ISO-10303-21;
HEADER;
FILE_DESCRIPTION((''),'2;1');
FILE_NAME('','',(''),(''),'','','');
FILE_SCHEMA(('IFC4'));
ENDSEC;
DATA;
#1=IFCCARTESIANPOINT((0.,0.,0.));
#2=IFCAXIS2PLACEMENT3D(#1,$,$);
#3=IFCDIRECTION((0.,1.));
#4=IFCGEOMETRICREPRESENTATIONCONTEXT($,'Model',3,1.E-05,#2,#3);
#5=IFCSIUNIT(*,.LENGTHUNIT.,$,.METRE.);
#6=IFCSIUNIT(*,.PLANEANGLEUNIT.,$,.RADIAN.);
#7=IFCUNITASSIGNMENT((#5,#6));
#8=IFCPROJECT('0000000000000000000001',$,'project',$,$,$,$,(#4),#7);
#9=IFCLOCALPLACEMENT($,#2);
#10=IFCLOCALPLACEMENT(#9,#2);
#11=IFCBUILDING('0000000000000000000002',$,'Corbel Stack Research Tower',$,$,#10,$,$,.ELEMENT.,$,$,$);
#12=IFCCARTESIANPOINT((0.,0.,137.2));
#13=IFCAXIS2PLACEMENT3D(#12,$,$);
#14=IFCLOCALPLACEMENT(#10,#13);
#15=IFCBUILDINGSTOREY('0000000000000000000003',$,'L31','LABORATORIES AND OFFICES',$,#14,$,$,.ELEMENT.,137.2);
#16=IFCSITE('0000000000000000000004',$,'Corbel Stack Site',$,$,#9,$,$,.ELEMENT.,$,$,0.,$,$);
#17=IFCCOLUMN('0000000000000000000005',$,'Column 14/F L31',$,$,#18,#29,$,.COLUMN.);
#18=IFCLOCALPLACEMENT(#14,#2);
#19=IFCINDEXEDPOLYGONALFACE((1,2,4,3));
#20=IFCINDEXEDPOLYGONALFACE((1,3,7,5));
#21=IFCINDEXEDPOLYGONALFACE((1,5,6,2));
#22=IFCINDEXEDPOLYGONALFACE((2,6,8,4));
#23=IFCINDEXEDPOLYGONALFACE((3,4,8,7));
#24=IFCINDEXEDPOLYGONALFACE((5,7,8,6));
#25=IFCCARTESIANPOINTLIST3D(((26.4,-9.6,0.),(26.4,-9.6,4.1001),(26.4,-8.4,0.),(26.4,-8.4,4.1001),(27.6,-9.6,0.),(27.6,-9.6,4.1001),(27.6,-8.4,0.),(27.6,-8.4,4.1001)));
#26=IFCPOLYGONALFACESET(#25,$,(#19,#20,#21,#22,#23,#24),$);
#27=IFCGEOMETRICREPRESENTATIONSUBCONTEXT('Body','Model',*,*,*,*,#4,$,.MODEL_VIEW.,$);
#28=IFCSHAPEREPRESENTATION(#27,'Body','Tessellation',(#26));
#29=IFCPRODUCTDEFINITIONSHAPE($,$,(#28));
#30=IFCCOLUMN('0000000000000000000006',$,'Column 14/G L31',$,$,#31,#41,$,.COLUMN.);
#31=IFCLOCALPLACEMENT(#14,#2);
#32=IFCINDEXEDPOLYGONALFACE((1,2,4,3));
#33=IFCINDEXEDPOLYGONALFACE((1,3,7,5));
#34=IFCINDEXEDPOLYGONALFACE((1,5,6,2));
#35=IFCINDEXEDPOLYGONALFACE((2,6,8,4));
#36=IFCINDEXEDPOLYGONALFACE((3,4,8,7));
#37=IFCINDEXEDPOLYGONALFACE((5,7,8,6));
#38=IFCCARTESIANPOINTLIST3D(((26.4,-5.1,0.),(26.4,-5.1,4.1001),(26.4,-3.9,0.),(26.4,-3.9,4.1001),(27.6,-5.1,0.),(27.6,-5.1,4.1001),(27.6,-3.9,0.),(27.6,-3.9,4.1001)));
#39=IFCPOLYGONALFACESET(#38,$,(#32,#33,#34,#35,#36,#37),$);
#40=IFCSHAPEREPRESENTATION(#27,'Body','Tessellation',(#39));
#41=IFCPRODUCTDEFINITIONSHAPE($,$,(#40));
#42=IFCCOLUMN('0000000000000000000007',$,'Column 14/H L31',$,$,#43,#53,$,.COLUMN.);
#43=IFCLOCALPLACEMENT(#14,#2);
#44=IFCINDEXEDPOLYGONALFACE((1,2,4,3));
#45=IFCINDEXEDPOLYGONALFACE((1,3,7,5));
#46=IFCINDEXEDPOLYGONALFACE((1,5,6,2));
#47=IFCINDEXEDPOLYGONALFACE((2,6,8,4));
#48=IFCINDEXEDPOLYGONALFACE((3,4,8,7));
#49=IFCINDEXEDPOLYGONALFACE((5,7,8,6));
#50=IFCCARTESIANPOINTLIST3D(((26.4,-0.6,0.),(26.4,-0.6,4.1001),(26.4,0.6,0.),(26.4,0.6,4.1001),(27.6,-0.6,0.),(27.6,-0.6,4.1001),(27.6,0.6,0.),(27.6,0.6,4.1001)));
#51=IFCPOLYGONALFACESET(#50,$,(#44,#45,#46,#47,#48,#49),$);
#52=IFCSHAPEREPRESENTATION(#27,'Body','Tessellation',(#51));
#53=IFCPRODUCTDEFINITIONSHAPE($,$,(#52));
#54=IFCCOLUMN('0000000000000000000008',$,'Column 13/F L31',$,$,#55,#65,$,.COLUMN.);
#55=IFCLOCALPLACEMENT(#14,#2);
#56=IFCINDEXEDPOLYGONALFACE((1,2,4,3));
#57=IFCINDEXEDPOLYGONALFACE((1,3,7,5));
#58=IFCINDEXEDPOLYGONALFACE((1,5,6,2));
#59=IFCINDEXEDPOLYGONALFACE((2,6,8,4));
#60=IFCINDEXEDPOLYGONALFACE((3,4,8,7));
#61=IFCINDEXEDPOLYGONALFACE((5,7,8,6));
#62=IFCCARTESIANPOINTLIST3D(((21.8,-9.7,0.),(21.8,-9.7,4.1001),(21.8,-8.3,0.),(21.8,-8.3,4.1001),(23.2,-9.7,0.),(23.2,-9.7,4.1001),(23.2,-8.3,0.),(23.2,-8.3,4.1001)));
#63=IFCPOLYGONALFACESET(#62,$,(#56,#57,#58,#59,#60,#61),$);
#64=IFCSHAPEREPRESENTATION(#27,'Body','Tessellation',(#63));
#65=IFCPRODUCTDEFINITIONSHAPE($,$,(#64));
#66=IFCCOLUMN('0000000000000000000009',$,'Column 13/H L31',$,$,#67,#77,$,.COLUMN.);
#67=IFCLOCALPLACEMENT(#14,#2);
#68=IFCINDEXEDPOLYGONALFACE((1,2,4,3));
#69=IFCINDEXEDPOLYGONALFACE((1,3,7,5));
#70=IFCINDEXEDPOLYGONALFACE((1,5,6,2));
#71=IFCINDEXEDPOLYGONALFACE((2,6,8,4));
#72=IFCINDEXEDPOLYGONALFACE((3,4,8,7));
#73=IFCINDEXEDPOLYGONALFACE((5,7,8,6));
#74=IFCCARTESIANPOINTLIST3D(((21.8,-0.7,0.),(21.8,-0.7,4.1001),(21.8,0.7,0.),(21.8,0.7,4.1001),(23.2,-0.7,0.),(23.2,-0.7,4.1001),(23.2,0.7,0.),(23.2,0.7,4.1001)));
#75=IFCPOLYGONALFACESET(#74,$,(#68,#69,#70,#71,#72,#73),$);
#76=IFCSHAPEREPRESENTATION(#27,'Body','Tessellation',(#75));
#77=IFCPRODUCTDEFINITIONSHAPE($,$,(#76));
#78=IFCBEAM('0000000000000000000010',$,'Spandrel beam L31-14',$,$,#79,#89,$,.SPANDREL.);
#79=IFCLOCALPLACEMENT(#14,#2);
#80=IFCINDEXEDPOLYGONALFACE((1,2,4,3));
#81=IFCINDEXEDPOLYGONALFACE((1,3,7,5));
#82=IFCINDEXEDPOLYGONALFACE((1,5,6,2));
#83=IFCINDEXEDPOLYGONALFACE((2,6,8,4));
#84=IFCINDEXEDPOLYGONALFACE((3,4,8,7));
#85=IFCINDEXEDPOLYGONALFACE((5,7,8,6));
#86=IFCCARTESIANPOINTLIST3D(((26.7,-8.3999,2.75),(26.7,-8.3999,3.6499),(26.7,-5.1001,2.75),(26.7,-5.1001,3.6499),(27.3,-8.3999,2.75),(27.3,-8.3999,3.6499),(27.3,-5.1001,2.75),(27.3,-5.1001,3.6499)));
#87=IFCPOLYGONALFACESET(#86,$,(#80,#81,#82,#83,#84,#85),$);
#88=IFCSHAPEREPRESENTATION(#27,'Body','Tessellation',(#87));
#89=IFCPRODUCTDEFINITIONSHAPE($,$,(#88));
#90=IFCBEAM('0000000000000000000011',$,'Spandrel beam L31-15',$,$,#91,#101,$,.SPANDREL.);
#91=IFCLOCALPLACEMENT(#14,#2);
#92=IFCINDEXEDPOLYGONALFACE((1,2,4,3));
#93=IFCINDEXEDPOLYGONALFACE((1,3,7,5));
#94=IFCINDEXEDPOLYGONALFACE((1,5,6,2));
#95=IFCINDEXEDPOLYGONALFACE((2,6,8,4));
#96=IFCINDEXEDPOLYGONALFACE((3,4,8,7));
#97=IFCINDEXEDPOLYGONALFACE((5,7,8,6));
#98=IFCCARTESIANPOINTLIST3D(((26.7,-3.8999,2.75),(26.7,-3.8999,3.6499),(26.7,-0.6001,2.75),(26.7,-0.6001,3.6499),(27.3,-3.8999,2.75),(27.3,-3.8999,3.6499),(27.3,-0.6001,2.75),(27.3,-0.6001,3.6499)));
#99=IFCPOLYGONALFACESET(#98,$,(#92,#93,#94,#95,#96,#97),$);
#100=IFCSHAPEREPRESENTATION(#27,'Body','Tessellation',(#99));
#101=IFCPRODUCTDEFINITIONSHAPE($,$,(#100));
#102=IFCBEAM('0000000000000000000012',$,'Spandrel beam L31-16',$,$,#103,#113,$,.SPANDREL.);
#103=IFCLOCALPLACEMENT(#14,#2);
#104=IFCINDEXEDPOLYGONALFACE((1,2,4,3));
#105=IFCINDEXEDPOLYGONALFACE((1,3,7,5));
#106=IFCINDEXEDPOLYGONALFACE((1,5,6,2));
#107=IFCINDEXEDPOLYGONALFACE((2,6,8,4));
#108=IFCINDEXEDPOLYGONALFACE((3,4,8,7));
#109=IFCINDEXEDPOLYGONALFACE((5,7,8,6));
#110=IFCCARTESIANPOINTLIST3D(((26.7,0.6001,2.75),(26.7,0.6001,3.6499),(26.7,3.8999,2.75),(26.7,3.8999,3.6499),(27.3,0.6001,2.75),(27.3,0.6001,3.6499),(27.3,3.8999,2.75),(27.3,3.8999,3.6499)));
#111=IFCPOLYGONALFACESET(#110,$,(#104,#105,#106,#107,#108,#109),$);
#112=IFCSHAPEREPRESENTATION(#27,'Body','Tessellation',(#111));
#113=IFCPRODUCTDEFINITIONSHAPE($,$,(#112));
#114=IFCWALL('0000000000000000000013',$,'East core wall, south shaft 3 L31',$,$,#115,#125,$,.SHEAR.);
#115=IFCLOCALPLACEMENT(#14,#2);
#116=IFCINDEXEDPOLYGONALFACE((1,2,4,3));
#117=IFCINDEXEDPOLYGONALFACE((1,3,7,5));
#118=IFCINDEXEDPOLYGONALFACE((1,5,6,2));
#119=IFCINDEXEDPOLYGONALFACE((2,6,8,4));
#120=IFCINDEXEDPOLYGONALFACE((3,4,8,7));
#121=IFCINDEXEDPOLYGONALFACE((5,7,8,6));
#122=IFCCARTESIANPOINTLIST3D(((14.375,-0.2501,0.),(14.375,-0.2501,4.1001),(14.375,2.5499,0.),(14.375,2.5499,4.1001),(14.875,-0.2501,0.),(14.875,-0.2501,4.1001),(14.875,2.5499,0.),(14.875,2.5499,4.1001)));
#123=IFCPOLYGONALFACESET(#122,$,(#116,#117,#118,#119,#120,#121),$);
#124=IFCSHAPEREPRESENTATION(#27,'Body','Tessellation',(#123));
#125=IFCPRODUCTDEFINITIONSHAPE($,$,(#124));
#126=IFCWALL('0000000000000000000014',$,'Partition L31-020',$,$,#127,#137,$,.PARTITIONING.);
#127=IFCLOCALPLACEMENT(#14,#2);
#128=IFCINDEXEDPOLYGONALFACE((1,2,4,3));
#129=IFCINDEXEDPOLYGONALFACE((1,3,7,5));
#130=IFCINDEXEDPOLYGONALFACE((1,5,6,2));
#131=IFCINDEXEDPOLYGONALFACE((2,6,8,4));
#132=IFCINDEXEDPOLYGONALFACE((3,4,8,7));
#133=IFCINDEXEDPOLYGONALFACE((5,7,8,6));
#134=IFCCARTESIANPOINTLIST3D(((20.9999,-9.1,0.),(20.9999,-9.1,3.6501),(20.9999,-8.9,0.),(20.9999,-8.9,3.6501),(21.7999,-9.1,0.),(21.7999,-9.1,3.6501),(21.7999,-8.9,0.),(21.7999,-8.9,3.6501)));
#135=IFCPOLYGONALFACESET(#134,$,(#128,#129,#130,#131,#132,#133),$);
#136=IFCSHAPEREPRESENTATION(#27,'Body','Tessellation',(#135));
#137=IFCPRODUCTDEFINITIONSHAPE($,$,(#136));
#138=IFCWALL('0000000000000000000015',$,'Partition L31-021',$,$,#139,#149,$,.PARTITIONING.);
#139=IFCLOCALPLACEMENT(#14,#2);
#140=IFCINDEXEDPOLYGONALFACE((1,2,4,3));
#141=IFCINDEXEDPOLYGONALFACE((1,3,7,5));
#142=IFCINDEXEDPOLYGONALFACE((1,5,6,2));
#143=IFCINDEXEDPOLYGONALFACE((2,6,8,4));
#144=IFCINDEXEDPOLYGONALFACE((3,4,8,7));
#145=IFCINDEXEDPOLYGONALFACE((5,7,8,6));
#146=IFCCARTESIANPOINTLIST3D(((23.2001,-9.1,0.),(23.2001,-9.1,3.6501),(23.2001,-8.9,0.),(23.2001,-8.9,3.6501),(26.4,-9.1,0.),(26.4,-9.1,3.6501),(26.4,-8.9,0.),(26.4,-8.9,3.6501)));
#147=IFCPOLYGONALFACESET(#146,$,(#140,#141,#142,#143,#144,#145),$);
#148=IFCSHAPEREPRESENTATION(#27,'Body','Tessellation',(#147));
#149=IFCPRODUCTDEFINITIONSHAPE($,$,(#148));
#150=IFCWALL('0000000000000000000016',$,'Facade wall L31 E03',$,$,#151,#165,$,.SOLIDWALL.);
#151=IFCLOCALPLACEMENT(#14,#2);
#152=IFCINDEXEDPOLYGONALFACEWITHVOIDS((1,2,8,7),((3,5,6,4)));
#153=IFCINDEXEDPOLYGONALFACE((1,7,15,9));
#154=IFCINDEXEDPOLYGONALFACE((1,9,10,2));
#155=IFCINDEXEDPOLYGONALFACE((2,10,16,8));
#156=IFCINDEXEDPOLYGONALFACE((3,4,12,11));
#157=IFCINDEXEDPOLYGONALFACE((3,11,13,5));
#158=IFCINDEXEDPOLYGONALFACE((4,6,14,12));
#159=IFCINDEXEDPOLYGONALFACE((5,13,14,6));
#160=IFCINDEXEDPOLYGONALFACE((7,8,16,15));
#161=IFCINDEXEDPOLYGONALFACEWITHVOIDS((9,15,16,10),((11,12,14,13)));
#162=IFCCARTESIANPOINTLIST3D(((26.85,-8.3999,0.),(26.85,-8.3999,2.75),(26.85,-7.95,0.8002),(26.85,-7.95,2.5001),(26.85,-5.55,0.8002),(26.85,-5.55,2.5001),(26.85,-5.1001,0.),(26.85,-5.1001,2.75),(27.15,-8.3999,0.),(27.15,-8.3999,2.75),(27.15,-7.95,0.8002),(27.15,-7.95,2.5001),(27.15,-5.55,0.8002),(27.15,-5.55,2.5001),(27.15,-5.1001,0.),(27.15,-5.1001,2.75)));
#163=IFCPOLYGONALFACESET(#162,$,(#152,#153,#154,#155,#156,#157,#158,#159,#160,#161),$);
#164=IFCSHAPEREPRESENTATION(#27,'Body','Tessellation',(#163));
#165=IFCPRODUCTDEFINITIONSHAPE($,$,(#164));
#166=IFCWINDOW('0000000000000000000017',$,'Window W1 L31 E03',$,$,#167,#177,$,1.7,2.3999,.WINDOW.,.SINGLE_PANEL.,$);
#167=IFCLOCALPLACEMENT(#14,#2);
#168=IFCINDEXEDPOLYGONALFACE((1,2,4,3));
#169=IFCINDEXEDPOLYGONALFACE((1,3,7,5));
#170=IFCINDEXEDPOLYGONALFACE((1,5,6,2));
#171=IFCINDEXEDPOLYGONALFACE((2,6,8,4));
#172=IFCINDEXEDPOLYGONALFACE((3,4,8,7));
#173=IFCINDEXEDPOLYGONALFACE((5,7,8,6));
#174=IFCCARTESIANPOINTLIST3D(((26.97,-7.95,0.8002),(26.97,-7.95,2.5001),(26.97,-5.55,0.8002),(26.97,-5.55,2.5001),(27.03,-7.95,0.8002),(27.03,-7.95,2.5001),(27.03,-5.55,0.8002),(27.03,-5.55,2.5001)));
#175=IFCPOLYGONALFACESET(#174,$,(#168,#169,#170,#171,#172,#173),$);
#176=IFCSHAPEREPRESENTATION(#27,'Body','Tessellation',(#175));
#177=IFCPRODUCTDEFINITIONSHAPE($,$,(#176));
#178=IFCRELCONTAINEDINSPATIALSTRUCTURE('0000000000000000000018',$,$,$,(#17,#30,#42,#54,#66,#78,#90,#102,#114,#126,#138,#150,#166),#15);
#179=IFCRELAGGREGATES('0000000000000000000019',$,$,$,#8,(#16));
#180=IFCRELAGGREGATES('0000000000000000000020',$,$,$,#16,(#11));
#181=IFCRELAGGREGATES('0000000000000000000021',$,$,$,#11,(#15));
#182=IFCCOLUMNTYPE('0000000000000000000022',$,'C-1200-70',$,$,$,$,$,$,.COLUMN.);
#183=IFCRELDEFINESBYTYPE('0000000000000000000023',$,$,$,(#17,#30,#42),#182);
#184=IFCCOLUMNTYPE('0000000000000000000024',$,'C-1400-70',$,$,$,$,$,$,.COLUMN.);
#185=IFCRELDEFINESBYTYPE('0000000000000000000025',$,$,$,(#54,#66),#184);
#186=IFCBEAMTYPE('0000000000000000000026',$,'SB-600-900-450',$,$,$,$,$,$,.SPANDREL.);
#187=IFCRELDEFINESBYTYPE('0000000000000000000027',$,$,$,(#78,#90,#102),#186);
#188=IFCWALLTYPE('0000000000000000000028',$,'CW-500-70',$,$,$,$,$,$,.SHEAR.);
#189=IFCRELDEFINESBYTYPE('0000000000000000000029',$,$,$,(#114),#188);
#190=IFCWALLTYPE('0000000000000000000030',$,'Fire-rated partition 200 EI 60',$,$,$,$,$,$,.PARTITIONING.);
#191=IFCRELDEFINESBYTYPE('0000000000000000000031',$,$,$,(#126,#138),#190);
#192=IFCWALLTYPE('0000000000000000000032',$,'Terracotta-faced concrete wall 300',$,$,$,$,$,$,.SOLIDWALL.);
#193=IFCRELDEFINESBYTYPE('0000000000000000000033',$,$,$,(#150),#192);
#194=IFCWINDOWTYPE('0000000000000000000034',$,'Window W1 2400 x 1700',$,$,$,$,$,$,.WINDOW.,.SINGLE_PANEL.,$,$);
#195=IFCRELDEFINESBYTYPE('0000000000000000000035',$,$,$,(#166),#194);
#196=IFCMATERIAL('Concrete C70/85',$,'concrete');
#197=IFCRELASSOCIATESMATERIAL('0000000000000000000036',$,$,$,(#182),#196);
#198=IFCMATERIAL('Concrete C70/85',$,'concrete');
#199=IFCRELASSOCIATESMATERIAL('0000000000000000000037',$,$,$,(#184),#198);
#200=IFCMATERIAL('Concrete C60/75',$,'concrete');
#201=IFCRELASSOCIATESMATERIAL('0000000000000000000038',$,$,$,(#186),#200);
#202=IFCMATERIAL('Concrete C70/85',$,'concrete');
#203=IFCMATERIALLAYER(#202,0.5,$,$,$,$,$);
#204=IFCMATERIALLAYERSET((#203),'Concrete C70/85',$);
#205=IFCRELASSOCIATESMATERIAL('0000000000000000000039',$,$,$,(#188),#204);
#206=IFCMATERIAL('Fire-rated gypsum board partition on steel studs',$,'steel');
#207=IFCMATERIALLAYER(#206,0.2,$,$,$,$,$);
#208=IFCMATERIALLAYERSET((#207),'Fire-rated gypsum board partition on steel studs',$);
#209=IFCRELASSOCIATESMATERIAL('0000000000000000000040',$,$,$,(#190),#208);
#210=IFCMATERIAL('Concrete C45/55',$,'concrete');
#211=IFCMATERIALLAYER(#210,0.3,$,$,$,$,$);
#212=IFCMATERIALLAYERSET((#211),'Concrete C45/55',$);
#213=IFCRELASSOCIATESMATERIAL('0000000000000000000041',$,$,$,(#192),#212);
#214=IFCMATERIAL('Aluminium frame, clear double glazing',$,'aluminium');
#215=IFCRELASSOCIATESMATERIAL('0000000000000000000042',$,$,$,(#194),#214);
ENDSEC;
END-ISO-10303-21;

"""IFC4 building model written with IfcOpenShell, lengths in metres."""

from ifc_helpers import new_model, si_unit, direction, frame, frame_2d, origin, origin_2d, place, context, subcontext, project, spatial, rectangle, extrude, material, layer, layer_set, material_profile, profile_set, type_object, element, fill, save


model = new_model("IFC4")

# Units and contexts
model_context = context("Model", 3, precision=1e-05, world=origin(), true_north=direction((0.0, 1.0)))
body_context = subcontext(model_context, "Body", "Model", "MODEL_VIEW")
ifc_project = project(units=[si_unit("LENGTHUNIT", "METRE"), si_unit("PLANEANGLEUNIT", "RADIAN")], contexts=[model_context])

# Site, building, storey
site_placement = place(None, origin())
site = spatial("IfcSite", under=ifc_project, at=site_placement, Name="Corbel Stack Site", CompositionType="ELEMENT", RefElevation=0.0)
building_placement = place(site_placement, origin())
building = spatial("IfcBuilding", under=site, at=building_placement, Name="Corbel Stack Research Tower", CompositionType="ELEMENT")
storey_placement = place(building_placement, frame((0.0, 0.0, 137.2)))
storey = spatial("IfcBuildingStorey", under=building, at=storey_placement, Name="L31", Description="LABORATORIES AND OFFICES", CompositionType="ELEMENT", Elevation=137.2)

# Columns
ifc_material_1 = material(Name="Concrete C70/85", Category="concrete")
ifc_material_profile_1 = material_profile(ifc_material_1, rectangle(XDim=1.2, YDim=1.2, at=origin_2d()), Name="RC 1200 x 1200")
ifc_profile_set_1 = profile_set([ifc_material_profile_1], Name="Concrete C70/85")
column_type_1 = type_object("IfcColumnType", Name="C-1200-70", PredefinedType="COLUMN", material=ifc_profile_set_1)
for number, where, z_axis, x_axis, name in (
    (1, (27.0, -9.0, 0.0), (0.0, 0.0, 1.0), (1.0, 0.0, 0.0), "Column 14/F L31"),
    (2, (27.0, -4.5, 0.0), (0.0, 0.0, 1.0), (1.0, 0.0, 0.0), "Column 14/G L31"),
    (3, (27.0, 0.0, 0.0), (0.0, 0.0, 1.0), (1.0, 0.0, 0.0), "Column 14/H L31"),
):
    element("IfcColumn", number, at=place(storey_placement, frame(where, z_axis=z_axis, x_axis=x_axis)), inside=storey, type_object=column_type_1, Name=name, PredefinedType="COLUMN", context=body_context, shape_type="SweptSolid", body=[
        extrude(rectangle(XDim=1.2, YDim=1.2, at=origin_2d()), origin(), (0.0, 0.0, 1.0), 4.1001),
    ])
ifc_material_2 = material(Name="Concrete C70/85", Category="concrete")
ifc_material_profile_2 = material_profile(ifc_material_2, rectangle(XDim=1.3999, YDim=1.3999, at=origin_2d()), Name="RC 1400 x 1400")
ifc_profile_set_2 = profile_set([ifc_material_profile_2], Name="Concrete C70/85")
column_type_2 = type_object("IfcColumnType", Name="C-1400-70", PredefinedType="COLUMN", material=ifc_profile_set_2)
for number, where, z_axis, x_axis, name in (
    (4, (22.5, -9.0, 0.0), (0.0, 0.0, 1.0), (1.0, 0.0, 0.0), "Column 13/F L31"),
    (5, (22.5, 0.0, 0.0), (0.0, 0.0, 1.0), (1.0, 0.0, 0.0), "Column 13/H L31"),
):
    element("IfcColumn", number, at=place(storey_placement, frame(where, z_axis=z_axis, x_axis=x_axis)), inside=storey, type_object=column_type_2, Name=name, PredefinedType="COLUMN", context=body_context, shape_type="SweptSolid", body=[
        extrude(rectangle(XDim=1.3999, YDim=1.3999, at=origin_2d()), origin(), (0.0, 0.0, 1.0), 4.1001),
    ])

# Beams
ifc_material_3 = material(Name="Concrete C60/75", Category="concrete")
ifc_material_profile_3 = material_profile(ifc_material_3, rectangle(XDim=0.6001, YDim=0.8999, at=origin_2d()), Name="RC 600 x 900")
ifc_profile_set_3 = profile_set([ifc_material_profile_3], Name="Concrete C60/75")
beam_type = type_object("IfcBeamType", Name="SB-600-900-450", PredefinedType="SPANDREL", material=ifc_profile_set_3)
for number, where, z_axis, x_axis, name in (
    (6, (27.0, -8.3999, 3.2), (0.0, 1.0, 0.0), (-1.0, 0.0, 0.0), "Spandrel beam L31-14"),
    (7, (27.0, -3.8999, 3.2), (0.0, 1.0, 0.0), (-1.0, 0.0, 0.0), "Spandrel beam L31-15"),
    (8, (27.0, 0.6001, 3.2), (0.0, 1.0, 0.0), (-1.0, 0.0, 0.0), "Spandrel beam L31-16"),
):
    element("IfcBeam", number, at=place(storey_placement, frame(where, z_axis=z_axis, x_axis=x_axis)), inside=storey, type_object=beam_type, Name=name, PredefinedType="SPANDREL", context=body_context, shape_type="SweptSolid", body=[
        extrude(rectangle(XDim=0.6001, YDim=0.8999, at=origin_2d()), origin(), (0.0, 0.0, 1.0), 3.2998),
    ])

# Wall
ifc_material_4 = material(Name="Concrete C70/85", Category="concrete")
ifc_layer_1 = layer(ifc_material_4, 0.5)
ifc_layer_set_1 = layer_set([ifc_layer_1], Name="Concrete C70/85")
wall_type_1 = type_object("IfcWallType", Name="CW-500-70", PredefinedType="SHEAR", material=ifc_layer_set_1)
wall_1_placement = place(storey_placement, frame((14.625, -0.25, 0.0), z_axis=(0.0, 0.0, 1.0), x_axis=(0.0, 1.0, 0.0)))
element("IfcWall", 9, at=wall_1_placement, inside=storey, type_object=wall_type_1, Name="East core wall, south shaft 3 L31", PredefinedType="SHEAR", context=body_context, shape_type="SweptSolid", body=[
    extrude(rectangle(XDim=2.8, YDim=0.5, at=frame_2d((1.3999, 0.0))), origin(), (0.0, 0.0, 1.0), 4.1001),
])

# Walls
ifc_material_5 = material(Name="Fire-rated gypsum board partition on steel studs", Category="steel")
ifc_layer_2 = layer(ifc_material_5, 0.2)
ifc_layer_set_2 = layer_set([ifc_layer_2], Name="Fire-rated gypsum board partition on steel studs")
wall_type_2 = type_object("IfcWallType", Name="Fire-rated partition 200 EI 60", PredefinedType="PARTITIONING", material=ifc_layer_set_2)
wall_2_placement = place(storey_placement, frame((21.0, -9.0, 0.0), z_axis=(0.0, 0.0, 1.0), x_axis=(1.0, 0.0, 0.0)))
element("IfcWall", 10, at=wall_2_placement, inside=storey, type_object=wall_type_2, Name="Partition L31-020", PredefinedType="PARTITIONING", context=body_context, shape_type="SweptSolid", body=[
    extrude(rectangle(XDim=0.8, YDim=0.2, at=frame_2d((0.3999, 0.0))), origin(), (0.0, 0.0, 1.0), 3.6501),
])
wall_3_placement = place(storey_placement, frame((23.2, -9.0, 0.0), z_axis=(0.0, 0.0, 1.0), x_axis=(1.0, 0.0, 0.0)))
element("IfcWall", 11, at=wall_3_placement, inside=storey, type_object=wall_type_2, Name="Partition L31-021", PredefinedType="PARTITIONING", context=body_context, shape_type="SweptSolid", body=[
    extrude(rectangle(XDim=3.2, YDim=0.2, at=frame_2d((1.6001, 0.0))), origin(), (0.0, 0.0, 1.0), 3.6501),
])

# Wall, opening, window
ifc_material_6 = material(Name="Concrete C45/55", Category="concrete")
ifc_layer_3 = layer(ifc_material_6, 0.3)
ifc_layer_set_3 = layer_set([ifc_layer_3], Name="Concrete C45/55")
wall_type_3 = type_object("IfcWallType", Name="Terracotta-faced concrete wall 300", PredefinedType="SOLIDWALL", material=ifc_layer_set_3)
wall_4_placement = place(storey_placement, frame((27.0, -5.1001, 0.0), z_axis=(0.0, 0.0, 1.0), x_axis=(0.0, -1.0, 0.0)))
wall_4 = element("IfcWall", 12, at=wall_4_placement, inside=storey, type_object=wall_type_3, Name="Facade wall L31 E03", PredefinedType="SOLIDWALL", context=body_context, shape_type="SweptSolid", body=[
    extrude(rectangle(XDim=3.2998, YDim=0.3, at=frame_2d((1.6499, 0.0))), origin(), (0.0, 0.0, 1.0), 2.75),
])
opening_1_placement = place(wall_4_placement, frame((0.45, 0.0, 0.8)))
opening_1 = element("IfcOpeningElement", 13, at=opening_1_placement, cuts=wall_4, PredefinedType="OPENING", context=body_context, shape_type="SweptSolid", body=[
    extrude(rectangle(XDim=2.3999, YDim=1.7, at=frame_2d((1.2, 0.8501))), frame((0.0, 0.1599, 0.0), z_axis=(0.0, -1.0, 0.0), x_axis=(1.0, 0.0, 0.0)), (0.0, 0.0, 1.0), 0.3201),
])
ifc_material_7 = material(Name="Aluminium frame, clear double glazing", Category="aluminium")
window_type = type_object("IfcWindowType", Name="Window W1 2400 x 1700", PartitioningType="SINGLE_PANEL", PredefinedType="WINDOW", material=ifc_material_7)
window_1_placement = place(opening_1_placement, origin())
window_1 = element("IfcWindow", 14, at=window_1_placement, inside=storey, type_object=window_type, Name="Window W1 L31 E03", OverallHeight=1.7, OverallWidth=2.3999, PartitioningType="SINGLE_PANEL", PredefinedType="WINDOW", context=body_context, shape_type="SweptSolid", body=[
    extrude(rectangle(XDim=2.3999, YDim=1.7, at=frame_2d((1.2, 0.8501))), frame((0.0, 0.03, 0.0), z_axis=(0.0, -1.0, 0.0), x_axis=(1.0, 0.0, 0.0)), (0.0, 0.0, 1.0), 0.0601),
])
fill(opening_1, window_1)

save(model, "model.ifc")
